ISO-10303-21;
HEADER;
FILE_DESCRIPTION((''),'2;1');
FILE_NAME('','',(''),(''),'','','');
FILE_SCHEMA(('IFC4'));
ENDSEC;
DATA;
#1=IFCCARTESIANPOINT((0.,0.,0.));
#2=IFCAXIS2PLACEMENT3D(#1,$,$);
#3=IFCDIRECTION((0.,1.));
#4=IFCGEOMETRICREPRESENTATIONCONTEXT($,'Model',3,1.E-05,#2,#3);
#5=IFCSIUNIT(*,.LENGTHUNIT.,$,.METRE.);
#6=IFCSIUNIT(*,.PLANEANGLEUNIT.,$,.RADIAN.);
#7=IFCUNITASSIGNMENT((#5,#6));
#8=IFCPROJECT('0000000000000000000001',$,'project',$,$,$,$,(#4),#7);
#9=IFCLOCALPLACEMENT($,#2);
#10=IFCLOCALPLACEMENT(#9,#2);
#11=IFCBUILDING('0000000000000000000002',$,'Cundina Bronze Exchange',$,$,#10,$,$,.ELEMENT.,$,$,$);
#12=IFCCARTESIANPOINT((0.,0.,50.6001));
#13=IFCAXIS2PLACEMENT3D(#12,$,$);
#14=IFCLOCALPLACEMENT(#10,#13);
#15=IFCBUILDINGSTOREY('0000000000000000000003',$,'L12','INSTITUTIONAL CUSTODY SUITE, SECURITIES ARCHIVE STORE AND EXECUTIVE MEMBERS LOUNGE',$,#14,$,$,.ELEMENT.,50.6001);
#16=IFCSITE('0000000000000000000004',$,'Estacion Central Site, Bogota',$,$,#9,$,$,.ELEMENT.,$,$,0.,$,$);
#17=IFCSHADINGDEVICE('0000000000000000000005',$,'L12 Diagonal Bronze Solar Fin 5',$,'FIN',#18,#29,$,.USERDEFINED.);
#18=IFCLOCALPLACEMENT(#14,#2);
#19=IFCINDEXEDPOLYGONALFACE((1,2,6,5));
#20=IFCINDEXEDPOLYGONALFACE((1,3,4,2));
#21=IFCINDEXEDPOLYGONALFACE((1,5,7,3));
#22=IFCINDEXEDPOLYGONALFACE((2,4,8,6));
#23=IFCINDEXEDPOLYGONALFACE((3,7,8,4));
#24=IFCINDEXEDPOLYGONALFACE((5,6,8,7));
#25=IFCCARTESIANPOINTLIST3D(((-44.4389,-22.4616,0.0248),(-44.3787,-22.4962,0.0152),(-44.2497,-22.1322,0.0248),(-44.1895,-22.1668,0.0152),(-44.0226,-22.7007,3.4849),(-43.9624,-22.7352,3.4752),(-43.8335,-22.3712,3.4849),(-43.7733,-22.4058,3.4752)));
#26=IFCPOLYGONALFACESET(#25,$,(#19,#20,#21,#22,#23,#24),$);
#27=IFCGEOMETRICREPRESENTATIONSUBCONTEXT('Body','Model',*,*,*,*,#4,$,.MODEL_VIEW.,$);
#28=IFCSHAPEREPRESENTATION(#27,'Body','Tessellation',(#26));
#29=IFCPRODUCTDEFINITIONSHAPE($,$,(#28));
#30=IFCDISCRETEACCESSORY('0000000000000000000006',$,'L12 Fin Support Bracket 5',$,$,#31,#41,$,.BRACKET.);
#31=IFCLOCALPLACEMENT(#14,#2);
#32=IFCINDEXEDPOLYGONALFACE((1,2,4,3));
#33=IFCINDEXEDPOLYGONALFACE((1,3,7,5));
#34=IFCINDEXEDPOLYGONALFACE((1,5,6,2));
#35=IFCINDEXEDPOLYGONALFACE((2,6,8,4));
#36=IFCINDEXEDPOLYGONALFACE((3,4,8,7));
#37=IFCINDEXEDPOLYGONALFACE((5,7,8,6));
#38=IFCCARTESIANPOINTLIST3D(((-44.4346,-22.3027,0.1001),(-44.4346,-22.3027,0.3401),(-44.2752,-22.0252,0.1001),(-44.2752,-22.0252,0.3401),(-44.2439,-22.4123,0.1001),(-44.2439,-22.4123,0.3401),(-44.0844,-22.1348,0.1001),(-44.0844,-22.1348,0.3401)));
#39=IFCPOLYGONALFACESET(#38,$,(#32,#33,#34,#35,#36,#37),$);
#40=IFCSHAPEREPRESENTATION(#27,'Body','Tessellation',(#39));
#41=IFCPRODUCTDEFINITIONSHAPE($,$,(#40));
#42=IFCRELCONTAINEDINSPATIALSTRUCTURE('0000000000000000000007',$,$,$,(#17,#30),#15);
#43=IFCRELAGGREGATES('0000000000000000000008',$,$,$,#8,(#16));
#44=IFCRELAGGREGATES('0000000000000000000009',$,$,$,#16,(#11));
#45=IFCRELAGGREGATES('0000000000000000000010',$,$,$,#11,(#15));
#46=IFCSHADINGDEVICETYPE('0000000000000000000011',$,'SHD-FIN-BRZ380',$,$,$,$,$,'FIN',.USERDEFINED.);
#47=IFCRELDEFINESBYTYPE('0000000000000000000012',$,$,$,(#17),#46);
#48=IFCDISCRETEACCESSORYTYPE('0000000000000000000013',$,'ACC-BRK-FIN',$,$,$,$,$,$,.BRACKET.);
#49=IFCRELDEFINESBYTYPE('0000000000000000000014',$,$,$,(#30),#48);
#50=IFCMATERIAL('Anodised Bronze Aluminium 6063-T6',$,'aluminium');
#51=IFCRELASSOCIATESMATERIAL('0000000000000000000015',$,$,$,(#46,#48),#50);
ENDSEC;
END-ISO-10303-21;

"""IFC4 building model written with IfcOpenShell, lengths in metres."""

from ifc_helpers import new_model, si_unit, direction, frame, origin, origin_2d, place, context, subcontext, project, spatial, rectangle, extrude, material, material_profile, profile_set, type_object, element, save


model = new_model("IFC4")

# Units and contexts
model_context = context("Model", 3, precision=1e-05, world=origin(), true_north=direction((0.0, 1.0)))
body_context = subcontext(model_context, "Body", "Model", "MODEL_VIEW")
ifc_project = project(units=[si_unit("LENGTHUNIT", "METRE"), si_unit("PLANEANGLEUNIT", "RADIAN")], contexts=[model_context])

# Site, building, storey
site_placement = place(None, origin())
site = spatial("IfcSite", under=ifc_project, at=site_placement, Name="Estacion Central Site, Bogota", CompositionType="ELEMENT", RefElevation=0.0)
building_placement = place(site_placement, origin())
building = spatial("IfcBuilding", under=site, at=building_placement, Name="Cundina Bronze Exchange", CompositionType="ELEMENT")
storey_placement = place(building_placement, frame((0.0, 0.0, 50.6001)))
storey = spatial("IfcBuildingStorey", under=building, at=storey_placement, Name="L12", Description="INSTITUTIONAL CUSTODY SUITE, SECURITIES ARCHIVE STORE AND EXECUTIVE MEMBERS LOUNGE", CompositionType="ELEMENT", Elevation=50.6001)

# Shared definitions
ifc_material_1 = material(Name="Anodised Bronze Aluminium 6063-T6", Category="aluminium")

# Shading device
ifc_material_profile_1 = material_profile(ifc_material_1, rectangle(XDim=0.0701, YDim=0.3799, at=origin_2d()), Name="FIN70X380", Category="aluminium")
ifc_profile_set_1 = profile_set([ifc_material_profile_1], Name="Anodised Bronze Aluminium 6063-T6")
shading_device_type = type_object("IfcShadingDeviceType", Name="SHD-FIN-BRZ380", ElementType="FIN", PredefinedType="USERDEFINED", material=ifc_profile_set_1)
shading_device_placement = place(storey_placement, frame((-44.3142, -22.3142, 0.02), z_axis=(0.119166, -0.068425, 0.990514), x_axis=(-0.858982, 0.493222, 0.137414)))
element("IfcShadingDevice", 1, at=shading_device_placement, inside=storey, type_object=shading_device_type, Name="L12 Diagonal Bronze Solar Fin 5", ObjectType="FIN", PredefinedType="USERDEFINED", context=body_context, shape_type="SweptSolid", body=[
    extrude(rectangle(XDim=0.0701, YDim=0.3799, at=origin_2d()), origin(), (0.0, 0.0, 1.0), 3.4932),
])

# Discrete accessory
discrete_accessory_type = type_object("IfcDiscreteAccessoryType", Name="ACC-BRK-FIN", PredefinedType="BRACKET", material=ifc_material_1)
discrete_accessory_placement = place(storey_placement, frame((-44.2595, -22.2188, 0.1001), z_axis=(0.0, 0.0, 1.0), x_axis=(0.867105, -0.498125, 0.0)))
element("IfcDiscreteAccessory", 2, at=discrete_accessory_placement, inside=storey, type_object=discrete_accessory_type, Name="L12 Fin Support Bracket 5", PredefinedType="BRACKET", context=body_context, shape_type="SweptSolid", body=[
    extrude(rectangle(XDim=0.22, YDim=0.3201, at=origin_2d()), origin(), (0.0, 0.0, 1.0), 0.24),
])

save(model, "model.ifc")
